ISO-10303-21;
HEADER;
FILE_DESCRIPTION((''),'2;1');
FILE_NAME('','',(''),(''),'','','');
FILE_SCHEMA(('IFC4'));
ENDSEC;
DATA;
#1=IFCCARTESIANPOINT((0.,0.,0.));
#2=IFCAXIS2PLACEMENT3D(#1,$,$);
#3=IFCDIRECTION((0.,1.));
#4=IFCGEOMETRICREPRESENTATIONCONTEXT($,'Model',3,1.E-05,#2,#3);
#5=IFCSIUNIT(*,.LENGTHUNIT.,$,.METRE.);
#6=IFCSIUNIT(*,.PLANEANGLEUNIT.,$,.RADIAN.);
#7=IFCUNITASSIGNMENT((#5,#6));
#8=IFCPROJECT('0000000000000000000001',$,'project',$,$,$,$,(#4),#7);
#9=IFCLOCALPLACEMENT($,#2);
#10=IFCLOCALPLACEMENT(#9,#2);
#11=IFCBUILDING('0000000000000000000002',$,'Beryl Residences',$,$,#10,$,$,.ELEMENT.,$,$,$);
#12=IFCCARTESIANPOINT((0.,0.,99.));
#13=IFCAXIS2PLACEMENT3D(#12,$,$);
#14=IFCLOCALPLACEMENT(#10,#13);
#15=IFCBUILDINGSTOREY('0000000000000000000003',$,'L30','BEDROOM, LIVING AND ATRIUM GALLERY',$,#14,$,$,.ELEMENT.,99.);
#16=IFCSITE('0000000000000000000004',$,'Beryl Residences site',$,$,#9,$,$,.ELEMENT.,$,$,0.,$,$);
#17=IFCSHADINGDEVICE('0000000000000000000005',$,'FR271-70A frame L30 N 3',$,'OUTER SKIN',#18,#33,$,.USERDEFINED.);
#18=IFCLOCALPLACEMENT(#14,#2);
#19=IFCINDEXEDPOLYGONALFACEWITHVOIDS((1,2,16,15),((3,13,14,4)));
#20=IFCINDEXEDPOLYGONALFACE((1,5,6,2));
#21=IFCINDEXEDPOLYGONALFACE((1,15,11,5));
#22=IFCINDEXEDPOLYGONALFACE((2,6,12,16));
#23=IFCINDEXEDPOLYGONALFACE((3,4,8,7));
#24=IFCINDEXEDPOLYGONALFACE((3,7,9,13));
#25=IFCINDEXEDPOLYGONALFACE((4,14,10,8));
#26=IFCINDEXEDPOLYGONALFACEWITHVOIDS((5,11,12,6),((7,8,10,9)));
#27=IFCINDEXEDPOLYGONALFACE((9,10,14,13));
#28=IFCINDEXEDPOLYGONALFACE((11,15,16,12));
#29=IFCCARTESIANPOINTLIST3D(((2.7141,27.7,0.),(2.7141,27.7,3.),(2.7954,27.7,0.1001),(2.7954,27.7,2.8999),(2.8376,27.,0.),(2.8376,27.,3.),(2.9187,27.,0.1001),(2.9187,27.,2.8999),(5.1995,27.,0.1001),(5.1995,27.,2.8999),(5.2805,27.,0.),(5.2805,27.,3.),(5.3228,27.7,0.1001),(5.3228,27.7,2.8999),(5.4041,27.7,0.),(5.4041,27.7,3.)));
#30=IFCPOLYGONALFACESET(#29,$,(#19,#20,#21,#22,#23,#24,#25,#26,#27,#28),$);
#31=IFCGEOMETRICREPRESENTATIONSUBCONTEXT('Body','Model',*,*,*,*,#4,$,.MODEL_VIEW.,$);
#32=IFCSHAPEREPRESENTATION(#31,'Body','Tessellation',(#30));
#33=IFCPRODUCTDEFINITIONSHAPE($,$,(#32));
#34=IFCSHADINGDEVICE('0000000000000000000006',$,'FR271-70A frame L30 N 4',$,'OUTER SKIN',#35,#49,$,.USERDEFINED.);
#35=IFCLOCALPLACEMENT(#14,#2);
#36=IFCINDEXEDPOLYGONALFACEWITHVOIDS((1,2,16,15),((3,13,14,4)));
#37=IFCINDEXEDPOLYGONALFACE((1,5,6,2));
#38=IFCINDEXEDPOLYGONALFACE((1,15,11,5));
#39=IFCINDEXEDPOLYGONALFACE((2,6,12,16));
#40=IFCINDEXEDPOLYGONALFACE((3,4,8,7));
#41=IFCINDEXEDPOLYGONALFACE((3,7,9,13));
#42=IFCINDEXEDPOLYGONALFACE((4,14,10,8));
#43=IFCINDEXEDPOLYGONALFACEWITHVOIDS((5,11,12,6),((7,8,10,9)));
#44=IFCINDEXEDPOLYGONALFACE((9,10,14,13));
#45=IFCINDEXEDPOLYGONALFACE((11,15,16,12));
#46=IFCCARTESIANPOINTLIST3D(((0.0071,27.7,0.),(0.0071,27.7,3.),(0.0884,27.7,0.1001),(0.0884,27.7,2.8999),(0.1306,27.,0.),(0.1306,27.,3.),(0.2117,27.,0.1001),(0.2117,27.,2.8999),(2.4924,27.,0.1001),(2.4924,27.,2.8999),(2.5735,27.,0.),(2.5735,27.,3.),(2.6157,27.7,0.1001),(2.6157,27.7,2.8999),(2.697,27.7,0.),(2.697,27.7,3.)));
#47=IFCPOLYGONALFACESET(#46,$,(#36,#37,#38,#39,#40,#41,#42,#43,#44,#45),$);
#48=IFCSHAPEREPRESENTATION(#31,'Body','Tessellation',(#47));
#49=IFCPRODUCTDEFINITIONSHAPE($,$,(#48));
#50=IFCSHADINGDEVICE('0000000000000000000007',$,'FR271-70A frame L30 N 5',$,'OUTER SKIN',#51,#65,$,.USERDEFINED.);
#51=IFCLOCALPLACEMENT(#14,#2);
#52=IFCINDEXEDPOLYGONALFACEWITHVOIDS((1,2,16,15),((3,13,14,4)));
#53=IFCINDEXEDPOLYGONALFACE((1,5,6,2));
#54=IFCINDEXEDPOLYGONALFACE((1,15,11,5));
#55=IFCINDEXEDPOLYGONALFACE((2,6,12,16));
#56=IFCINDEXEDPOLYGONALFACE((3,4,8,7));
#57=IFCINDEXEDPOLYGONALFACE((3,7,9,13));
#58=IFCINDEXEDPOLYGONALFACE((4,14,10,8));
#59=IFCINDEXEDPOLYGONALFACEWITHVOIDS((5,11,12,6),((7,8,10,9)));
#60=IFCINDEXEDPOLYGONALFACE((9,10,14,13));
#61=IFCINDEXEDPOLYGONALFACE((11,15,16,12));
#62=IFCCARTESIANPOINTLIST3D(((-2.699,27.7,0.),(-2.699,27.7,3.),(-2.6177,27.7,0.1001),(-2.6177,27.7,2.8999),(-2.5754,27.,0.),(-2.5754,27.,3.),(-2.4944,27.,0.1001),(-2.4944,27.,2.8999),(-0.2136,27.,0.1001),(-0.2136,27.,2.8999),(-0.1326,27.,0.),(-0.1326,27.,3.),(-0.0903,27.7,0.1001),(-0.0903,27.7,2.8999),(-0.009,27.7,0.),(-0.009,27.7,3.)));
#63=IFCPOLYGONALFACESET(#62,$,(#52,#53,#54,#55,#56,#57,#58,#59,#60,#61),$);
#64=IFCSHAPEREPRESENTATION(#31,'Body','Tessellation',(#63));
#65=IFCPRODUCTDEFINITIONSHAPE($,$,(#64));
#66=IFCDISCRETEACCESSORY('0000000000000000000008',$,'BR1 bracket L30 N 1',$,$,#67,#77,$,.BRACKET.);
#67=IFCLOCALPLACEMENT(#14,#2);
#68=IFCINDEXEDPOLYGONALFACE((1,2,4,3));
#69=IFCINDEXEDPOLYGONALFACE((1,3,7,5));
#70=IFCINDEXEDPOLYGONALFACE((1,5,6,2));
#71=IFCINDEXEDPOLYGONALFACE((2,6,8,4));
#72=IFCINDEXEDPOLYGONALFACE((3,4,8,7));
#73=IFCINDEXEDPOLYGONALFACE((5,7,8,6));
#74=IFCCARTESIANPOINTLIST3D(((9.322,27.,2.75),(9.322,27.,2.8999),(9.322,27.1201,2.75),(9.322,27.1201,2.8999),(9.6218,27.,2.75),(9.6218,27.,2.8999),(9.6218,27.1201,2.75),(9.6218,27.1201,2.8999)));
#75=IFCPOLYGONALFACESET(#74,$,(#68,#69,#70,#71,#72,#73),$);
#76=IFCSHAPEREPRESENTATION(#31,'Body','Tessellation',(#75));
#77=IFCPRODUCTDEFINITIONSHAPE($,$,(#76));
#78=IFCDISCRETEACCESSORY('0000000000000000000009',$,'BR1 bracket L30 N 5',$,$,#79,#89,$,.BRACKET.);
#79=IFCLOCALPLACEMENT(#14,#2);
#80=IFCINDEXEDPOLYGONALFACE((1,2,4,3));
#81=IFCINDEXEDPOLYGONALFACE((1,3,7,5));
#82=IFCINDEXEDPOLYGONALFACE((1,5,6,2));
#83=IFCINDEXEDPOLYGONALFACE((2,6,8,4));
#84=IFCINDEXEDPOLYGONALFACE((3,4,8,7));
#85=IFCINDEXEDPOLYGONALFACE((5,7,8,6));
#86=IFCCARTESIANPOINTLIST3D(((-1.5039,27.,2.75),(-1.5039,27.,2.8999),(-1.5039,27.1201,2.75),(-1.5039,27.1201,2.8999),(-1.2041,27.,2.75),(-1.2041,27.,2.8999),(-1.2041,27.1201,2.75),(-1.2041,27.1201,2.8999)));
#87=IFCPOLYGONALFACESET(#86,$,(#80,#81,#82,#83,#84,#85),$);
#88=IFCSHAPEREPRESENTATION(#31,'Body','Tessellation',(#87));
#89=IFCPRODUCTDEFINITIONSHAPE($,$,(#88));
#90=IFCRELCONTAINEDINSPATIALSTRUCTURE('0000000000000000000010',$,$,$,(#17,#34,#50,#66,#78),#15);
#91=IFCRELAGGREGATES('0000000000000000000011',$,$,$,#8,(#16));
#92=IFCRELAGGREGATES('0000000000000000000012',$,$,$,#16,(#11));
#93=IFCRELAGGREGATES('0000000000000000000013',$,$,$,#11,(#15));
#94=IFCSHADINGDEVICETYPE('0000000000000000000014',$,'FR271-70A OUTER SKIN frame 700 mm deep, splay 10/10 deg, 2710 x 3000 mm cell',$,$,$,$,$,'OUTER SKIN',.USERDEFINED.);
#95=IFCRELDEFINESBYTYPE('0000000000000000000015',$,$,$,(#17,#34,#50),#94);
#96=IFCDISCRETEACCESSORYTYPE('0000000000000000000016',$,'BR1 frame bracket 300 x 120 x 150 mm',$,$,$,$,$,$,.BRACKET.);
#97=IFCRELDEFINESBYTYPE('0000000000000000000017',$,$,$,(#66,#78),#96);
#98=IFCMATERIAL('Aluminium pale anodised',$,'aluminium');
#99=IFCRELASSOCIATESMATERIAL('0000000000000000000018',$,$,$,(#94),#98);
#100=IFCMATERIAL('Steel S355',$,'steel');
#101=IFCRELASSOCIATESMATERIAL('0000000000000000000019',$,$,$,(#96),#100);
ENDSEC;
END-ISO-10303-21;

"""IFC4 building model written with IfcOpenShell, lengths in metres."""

from ifc_helpers import new_model, entity, si_unit, direction, frame, origin, place, context, subcontext, project, spatial, polyline, outline, extrude, source, transform, mapped, material, type_object, type_shapes, element, save


model = new_model("IFC4")

# Units and contexts
model_context = context("Model", 3, precision=1e-05, world=origin(), true_north=direction((0.0, 1.0)))
body_context = subcontext(model_context, "Body", "Model", "MODEL_VIEW")
ifc_project = project(units=[si_unit("LENGTHUNIT", "METRE"), si_unit("PLANEANGLEUNIT", "RADIAN")], contexts=[model_context])

# Site, building, storey
site_placement = place(None, origin())
site = spatial("IfcSite", under=ifc_project, at=site_placement, Name="Beryl Residences site", CompositionType="ELEMENT", RefElevation=0.0)
building_placement = place(site_placement, origin())
building = spatial("IfcBuilding", under=site, at=building_placement, Name="Beryl Residences", CompositionType="ELEMENT")
storey_placement = place(building_placement, frame((0.0, 0.0, 99.0)))
storey = spatial("IfcBuildingStorey", under=building, at=storey_placement, Name="L30", Description="BEDROOM, LIVING AND ATRIUM GALLERY", CompositionType="ELEMENT", Elevation=99.0)

# Shading devices
ifc_material_1 = material(Name="Aluminium pale anodised", Category="aluminium")
shading_device_type = type_object("IfcShadingDeviceType", Name="FR271-70A OUTER SKIN frame 700 mm deep, splay 10/10 deg, 2710 x 3000 mm cell", ElementType="OUTER SKIN", PredefinedType="USERDEFINED", material=ifc_material_1)
cartesian_point_1 = entity("IfcCartesianPoint", [-1.2214, 0.0])
cartesian_point_2 = entity("IfcCartesianPoint", [-1.1404, 0.1001])
cartesian_point_3 = entity("IfcCartesianPoint", [-1.345, 0.0])
cartesian_point_4 = entity("IfcCartesianPoint", [-1.2637, 0.1001])
shared_shape_1 = source(origin(), body_context, "Body", "SweptSolid", [
    entity("IfcExtrudedAreaSolidTapered", entity("IfcArbitraryProfileDefWithVoids", "AREA", None, entity("IfcPolyline", [cartesian_point_1, entity("IfcCartesianPoint", [1.2214, 0.0]), entity("IfcCartesianPoint", [1.2214, 3.0]), entity("IfcCartesianPoint", [-1.2214, 3.0]), cartesian_point_1]), [entity("IfcPolyline", [cartesian_point_2, entity("IfcCartesianPoint", [1.1404, 0.1001]), entity("IfcCartesianPoint", [1.1404, 2.8999]), entity("IfcCartesianPoint", [-1.1404, 2.8999]), cartesian_point_2])]), entity("IfcAxis2Placement3D", entity("IfcCartesianPoint", [0.0, 0.0, 0.0]), entity("IfcDirection", [0.0, 1.0, 0.0]), entity("IfcDirection", [-1.0, 0.0, 0.0])), entity("IfcDirection", [0.0, 0.0, 1.0]), 0.7, entity("IfcArbitraryProfileDefWithVoids", "AREA", None, entity("IfcPolyline", [cartesian_point_3, entity("IfcCartesianPoint", [1.345, 0.0]), entity("IfcCartesianPoint", [1.345, 3.0]), entity("IfcCartesianPoint", [-1.345, 3.0]), cartesian_point_3]), [entity("IfcPolyline", [cartesian_point_4, entity("IfcCartesianPoint", [1.2637, 0.1001]), entity("IfcCartesianPoint", [1.2637, 2.8999]), entity("IfcCartesianPoint", [-1.2637, 2.8999]), cartesian_point_4])])),
])
type_shapes(shading_device_type, [shared_shape_1])
for number, where, z_axis, x_axis, name in (
    (1, (4.0591, 27.0, 0.0), (0.0, 0.0, 1.0), (1.0, 0.0, 0.0), "FR271-70A frame L30 N 3"),
    (2, (1.3521, 27.0, 0.0), (0.0, 0.0, 1.0), (1.0, 0.0, 0.0), "FR271-70A frame L30 N 4"),
    (3, (-1.354, 27.0, 0.0), (0.0, 0.0, 1.0), (1.0, 0.0, 0.0), "FR271-70A frame L30 N 5"),
):
    element("IfcShadingDevice", number, at=place(storey_placement, frame(where, z_axis=z_axis, x_axis=x_axis)), inside=storey, type_object=shading_device_type, Name=name, ObjectType="OUTER SKIN", PredefinedType="USERDEFINED", context=body_context, shape_type="MappedRepresentation", body=[
        mapped(shared_shape_1, transform((0.0, 0.0, 0.0))),
    ])

# Discrete accessories
ifc_material_2 = material(Name="Steel S355", Category="steel")
discrete_accessory_type = type_object("IfcDiscreteAccessoryType", Name="BR1 frame bracket 300 x 120 x 150 mm", PredefinedType="BRACKET", material=ifc_material_2)
shared_shape_2 = source(origin(), body_context, "Body", "SweptSolid", [
    extrude(outline(polyline([(-0.1499, 0.0), (0.1499, 0.0), (0.1499, 0.1201), (-0.1499, 0.1201), (-0.1499, 0.0)])), origin(), (0.0, 0.0, 1.0), 0.1499),
])
type_shapes(discrete_accessory_type, [shared_shape_2])
for number, where, z_axis, x_axis, name in (
    (4, (9.4719, 27.0, 2.75), (0.0, 0.0, 1.0), (1.0, 0.0, 0.0), "BR1 bracket L30 N 1"),
    (5, (-1.354, 27.0, 2.75), (0.0, 0.0, 1.0), (1.0, 0.0, 0.0), "BR1 bracket L30 N 5"),
):
    element("IfcDiscreteAccessory", number, at=place(storey_placement, frame(where, z_axis=z_axis, x_axis=x_axis)), inside=storey, type_object=discrete_accessory_type, Name=name, PredefinedType="BRACKET", context=body_context, shape_type="MappedRepresentation", body=[
        mapped(shared_shape_2, transform((0.0, 0.0, 0.0))),
    ])

save(model, "model.ifc")
